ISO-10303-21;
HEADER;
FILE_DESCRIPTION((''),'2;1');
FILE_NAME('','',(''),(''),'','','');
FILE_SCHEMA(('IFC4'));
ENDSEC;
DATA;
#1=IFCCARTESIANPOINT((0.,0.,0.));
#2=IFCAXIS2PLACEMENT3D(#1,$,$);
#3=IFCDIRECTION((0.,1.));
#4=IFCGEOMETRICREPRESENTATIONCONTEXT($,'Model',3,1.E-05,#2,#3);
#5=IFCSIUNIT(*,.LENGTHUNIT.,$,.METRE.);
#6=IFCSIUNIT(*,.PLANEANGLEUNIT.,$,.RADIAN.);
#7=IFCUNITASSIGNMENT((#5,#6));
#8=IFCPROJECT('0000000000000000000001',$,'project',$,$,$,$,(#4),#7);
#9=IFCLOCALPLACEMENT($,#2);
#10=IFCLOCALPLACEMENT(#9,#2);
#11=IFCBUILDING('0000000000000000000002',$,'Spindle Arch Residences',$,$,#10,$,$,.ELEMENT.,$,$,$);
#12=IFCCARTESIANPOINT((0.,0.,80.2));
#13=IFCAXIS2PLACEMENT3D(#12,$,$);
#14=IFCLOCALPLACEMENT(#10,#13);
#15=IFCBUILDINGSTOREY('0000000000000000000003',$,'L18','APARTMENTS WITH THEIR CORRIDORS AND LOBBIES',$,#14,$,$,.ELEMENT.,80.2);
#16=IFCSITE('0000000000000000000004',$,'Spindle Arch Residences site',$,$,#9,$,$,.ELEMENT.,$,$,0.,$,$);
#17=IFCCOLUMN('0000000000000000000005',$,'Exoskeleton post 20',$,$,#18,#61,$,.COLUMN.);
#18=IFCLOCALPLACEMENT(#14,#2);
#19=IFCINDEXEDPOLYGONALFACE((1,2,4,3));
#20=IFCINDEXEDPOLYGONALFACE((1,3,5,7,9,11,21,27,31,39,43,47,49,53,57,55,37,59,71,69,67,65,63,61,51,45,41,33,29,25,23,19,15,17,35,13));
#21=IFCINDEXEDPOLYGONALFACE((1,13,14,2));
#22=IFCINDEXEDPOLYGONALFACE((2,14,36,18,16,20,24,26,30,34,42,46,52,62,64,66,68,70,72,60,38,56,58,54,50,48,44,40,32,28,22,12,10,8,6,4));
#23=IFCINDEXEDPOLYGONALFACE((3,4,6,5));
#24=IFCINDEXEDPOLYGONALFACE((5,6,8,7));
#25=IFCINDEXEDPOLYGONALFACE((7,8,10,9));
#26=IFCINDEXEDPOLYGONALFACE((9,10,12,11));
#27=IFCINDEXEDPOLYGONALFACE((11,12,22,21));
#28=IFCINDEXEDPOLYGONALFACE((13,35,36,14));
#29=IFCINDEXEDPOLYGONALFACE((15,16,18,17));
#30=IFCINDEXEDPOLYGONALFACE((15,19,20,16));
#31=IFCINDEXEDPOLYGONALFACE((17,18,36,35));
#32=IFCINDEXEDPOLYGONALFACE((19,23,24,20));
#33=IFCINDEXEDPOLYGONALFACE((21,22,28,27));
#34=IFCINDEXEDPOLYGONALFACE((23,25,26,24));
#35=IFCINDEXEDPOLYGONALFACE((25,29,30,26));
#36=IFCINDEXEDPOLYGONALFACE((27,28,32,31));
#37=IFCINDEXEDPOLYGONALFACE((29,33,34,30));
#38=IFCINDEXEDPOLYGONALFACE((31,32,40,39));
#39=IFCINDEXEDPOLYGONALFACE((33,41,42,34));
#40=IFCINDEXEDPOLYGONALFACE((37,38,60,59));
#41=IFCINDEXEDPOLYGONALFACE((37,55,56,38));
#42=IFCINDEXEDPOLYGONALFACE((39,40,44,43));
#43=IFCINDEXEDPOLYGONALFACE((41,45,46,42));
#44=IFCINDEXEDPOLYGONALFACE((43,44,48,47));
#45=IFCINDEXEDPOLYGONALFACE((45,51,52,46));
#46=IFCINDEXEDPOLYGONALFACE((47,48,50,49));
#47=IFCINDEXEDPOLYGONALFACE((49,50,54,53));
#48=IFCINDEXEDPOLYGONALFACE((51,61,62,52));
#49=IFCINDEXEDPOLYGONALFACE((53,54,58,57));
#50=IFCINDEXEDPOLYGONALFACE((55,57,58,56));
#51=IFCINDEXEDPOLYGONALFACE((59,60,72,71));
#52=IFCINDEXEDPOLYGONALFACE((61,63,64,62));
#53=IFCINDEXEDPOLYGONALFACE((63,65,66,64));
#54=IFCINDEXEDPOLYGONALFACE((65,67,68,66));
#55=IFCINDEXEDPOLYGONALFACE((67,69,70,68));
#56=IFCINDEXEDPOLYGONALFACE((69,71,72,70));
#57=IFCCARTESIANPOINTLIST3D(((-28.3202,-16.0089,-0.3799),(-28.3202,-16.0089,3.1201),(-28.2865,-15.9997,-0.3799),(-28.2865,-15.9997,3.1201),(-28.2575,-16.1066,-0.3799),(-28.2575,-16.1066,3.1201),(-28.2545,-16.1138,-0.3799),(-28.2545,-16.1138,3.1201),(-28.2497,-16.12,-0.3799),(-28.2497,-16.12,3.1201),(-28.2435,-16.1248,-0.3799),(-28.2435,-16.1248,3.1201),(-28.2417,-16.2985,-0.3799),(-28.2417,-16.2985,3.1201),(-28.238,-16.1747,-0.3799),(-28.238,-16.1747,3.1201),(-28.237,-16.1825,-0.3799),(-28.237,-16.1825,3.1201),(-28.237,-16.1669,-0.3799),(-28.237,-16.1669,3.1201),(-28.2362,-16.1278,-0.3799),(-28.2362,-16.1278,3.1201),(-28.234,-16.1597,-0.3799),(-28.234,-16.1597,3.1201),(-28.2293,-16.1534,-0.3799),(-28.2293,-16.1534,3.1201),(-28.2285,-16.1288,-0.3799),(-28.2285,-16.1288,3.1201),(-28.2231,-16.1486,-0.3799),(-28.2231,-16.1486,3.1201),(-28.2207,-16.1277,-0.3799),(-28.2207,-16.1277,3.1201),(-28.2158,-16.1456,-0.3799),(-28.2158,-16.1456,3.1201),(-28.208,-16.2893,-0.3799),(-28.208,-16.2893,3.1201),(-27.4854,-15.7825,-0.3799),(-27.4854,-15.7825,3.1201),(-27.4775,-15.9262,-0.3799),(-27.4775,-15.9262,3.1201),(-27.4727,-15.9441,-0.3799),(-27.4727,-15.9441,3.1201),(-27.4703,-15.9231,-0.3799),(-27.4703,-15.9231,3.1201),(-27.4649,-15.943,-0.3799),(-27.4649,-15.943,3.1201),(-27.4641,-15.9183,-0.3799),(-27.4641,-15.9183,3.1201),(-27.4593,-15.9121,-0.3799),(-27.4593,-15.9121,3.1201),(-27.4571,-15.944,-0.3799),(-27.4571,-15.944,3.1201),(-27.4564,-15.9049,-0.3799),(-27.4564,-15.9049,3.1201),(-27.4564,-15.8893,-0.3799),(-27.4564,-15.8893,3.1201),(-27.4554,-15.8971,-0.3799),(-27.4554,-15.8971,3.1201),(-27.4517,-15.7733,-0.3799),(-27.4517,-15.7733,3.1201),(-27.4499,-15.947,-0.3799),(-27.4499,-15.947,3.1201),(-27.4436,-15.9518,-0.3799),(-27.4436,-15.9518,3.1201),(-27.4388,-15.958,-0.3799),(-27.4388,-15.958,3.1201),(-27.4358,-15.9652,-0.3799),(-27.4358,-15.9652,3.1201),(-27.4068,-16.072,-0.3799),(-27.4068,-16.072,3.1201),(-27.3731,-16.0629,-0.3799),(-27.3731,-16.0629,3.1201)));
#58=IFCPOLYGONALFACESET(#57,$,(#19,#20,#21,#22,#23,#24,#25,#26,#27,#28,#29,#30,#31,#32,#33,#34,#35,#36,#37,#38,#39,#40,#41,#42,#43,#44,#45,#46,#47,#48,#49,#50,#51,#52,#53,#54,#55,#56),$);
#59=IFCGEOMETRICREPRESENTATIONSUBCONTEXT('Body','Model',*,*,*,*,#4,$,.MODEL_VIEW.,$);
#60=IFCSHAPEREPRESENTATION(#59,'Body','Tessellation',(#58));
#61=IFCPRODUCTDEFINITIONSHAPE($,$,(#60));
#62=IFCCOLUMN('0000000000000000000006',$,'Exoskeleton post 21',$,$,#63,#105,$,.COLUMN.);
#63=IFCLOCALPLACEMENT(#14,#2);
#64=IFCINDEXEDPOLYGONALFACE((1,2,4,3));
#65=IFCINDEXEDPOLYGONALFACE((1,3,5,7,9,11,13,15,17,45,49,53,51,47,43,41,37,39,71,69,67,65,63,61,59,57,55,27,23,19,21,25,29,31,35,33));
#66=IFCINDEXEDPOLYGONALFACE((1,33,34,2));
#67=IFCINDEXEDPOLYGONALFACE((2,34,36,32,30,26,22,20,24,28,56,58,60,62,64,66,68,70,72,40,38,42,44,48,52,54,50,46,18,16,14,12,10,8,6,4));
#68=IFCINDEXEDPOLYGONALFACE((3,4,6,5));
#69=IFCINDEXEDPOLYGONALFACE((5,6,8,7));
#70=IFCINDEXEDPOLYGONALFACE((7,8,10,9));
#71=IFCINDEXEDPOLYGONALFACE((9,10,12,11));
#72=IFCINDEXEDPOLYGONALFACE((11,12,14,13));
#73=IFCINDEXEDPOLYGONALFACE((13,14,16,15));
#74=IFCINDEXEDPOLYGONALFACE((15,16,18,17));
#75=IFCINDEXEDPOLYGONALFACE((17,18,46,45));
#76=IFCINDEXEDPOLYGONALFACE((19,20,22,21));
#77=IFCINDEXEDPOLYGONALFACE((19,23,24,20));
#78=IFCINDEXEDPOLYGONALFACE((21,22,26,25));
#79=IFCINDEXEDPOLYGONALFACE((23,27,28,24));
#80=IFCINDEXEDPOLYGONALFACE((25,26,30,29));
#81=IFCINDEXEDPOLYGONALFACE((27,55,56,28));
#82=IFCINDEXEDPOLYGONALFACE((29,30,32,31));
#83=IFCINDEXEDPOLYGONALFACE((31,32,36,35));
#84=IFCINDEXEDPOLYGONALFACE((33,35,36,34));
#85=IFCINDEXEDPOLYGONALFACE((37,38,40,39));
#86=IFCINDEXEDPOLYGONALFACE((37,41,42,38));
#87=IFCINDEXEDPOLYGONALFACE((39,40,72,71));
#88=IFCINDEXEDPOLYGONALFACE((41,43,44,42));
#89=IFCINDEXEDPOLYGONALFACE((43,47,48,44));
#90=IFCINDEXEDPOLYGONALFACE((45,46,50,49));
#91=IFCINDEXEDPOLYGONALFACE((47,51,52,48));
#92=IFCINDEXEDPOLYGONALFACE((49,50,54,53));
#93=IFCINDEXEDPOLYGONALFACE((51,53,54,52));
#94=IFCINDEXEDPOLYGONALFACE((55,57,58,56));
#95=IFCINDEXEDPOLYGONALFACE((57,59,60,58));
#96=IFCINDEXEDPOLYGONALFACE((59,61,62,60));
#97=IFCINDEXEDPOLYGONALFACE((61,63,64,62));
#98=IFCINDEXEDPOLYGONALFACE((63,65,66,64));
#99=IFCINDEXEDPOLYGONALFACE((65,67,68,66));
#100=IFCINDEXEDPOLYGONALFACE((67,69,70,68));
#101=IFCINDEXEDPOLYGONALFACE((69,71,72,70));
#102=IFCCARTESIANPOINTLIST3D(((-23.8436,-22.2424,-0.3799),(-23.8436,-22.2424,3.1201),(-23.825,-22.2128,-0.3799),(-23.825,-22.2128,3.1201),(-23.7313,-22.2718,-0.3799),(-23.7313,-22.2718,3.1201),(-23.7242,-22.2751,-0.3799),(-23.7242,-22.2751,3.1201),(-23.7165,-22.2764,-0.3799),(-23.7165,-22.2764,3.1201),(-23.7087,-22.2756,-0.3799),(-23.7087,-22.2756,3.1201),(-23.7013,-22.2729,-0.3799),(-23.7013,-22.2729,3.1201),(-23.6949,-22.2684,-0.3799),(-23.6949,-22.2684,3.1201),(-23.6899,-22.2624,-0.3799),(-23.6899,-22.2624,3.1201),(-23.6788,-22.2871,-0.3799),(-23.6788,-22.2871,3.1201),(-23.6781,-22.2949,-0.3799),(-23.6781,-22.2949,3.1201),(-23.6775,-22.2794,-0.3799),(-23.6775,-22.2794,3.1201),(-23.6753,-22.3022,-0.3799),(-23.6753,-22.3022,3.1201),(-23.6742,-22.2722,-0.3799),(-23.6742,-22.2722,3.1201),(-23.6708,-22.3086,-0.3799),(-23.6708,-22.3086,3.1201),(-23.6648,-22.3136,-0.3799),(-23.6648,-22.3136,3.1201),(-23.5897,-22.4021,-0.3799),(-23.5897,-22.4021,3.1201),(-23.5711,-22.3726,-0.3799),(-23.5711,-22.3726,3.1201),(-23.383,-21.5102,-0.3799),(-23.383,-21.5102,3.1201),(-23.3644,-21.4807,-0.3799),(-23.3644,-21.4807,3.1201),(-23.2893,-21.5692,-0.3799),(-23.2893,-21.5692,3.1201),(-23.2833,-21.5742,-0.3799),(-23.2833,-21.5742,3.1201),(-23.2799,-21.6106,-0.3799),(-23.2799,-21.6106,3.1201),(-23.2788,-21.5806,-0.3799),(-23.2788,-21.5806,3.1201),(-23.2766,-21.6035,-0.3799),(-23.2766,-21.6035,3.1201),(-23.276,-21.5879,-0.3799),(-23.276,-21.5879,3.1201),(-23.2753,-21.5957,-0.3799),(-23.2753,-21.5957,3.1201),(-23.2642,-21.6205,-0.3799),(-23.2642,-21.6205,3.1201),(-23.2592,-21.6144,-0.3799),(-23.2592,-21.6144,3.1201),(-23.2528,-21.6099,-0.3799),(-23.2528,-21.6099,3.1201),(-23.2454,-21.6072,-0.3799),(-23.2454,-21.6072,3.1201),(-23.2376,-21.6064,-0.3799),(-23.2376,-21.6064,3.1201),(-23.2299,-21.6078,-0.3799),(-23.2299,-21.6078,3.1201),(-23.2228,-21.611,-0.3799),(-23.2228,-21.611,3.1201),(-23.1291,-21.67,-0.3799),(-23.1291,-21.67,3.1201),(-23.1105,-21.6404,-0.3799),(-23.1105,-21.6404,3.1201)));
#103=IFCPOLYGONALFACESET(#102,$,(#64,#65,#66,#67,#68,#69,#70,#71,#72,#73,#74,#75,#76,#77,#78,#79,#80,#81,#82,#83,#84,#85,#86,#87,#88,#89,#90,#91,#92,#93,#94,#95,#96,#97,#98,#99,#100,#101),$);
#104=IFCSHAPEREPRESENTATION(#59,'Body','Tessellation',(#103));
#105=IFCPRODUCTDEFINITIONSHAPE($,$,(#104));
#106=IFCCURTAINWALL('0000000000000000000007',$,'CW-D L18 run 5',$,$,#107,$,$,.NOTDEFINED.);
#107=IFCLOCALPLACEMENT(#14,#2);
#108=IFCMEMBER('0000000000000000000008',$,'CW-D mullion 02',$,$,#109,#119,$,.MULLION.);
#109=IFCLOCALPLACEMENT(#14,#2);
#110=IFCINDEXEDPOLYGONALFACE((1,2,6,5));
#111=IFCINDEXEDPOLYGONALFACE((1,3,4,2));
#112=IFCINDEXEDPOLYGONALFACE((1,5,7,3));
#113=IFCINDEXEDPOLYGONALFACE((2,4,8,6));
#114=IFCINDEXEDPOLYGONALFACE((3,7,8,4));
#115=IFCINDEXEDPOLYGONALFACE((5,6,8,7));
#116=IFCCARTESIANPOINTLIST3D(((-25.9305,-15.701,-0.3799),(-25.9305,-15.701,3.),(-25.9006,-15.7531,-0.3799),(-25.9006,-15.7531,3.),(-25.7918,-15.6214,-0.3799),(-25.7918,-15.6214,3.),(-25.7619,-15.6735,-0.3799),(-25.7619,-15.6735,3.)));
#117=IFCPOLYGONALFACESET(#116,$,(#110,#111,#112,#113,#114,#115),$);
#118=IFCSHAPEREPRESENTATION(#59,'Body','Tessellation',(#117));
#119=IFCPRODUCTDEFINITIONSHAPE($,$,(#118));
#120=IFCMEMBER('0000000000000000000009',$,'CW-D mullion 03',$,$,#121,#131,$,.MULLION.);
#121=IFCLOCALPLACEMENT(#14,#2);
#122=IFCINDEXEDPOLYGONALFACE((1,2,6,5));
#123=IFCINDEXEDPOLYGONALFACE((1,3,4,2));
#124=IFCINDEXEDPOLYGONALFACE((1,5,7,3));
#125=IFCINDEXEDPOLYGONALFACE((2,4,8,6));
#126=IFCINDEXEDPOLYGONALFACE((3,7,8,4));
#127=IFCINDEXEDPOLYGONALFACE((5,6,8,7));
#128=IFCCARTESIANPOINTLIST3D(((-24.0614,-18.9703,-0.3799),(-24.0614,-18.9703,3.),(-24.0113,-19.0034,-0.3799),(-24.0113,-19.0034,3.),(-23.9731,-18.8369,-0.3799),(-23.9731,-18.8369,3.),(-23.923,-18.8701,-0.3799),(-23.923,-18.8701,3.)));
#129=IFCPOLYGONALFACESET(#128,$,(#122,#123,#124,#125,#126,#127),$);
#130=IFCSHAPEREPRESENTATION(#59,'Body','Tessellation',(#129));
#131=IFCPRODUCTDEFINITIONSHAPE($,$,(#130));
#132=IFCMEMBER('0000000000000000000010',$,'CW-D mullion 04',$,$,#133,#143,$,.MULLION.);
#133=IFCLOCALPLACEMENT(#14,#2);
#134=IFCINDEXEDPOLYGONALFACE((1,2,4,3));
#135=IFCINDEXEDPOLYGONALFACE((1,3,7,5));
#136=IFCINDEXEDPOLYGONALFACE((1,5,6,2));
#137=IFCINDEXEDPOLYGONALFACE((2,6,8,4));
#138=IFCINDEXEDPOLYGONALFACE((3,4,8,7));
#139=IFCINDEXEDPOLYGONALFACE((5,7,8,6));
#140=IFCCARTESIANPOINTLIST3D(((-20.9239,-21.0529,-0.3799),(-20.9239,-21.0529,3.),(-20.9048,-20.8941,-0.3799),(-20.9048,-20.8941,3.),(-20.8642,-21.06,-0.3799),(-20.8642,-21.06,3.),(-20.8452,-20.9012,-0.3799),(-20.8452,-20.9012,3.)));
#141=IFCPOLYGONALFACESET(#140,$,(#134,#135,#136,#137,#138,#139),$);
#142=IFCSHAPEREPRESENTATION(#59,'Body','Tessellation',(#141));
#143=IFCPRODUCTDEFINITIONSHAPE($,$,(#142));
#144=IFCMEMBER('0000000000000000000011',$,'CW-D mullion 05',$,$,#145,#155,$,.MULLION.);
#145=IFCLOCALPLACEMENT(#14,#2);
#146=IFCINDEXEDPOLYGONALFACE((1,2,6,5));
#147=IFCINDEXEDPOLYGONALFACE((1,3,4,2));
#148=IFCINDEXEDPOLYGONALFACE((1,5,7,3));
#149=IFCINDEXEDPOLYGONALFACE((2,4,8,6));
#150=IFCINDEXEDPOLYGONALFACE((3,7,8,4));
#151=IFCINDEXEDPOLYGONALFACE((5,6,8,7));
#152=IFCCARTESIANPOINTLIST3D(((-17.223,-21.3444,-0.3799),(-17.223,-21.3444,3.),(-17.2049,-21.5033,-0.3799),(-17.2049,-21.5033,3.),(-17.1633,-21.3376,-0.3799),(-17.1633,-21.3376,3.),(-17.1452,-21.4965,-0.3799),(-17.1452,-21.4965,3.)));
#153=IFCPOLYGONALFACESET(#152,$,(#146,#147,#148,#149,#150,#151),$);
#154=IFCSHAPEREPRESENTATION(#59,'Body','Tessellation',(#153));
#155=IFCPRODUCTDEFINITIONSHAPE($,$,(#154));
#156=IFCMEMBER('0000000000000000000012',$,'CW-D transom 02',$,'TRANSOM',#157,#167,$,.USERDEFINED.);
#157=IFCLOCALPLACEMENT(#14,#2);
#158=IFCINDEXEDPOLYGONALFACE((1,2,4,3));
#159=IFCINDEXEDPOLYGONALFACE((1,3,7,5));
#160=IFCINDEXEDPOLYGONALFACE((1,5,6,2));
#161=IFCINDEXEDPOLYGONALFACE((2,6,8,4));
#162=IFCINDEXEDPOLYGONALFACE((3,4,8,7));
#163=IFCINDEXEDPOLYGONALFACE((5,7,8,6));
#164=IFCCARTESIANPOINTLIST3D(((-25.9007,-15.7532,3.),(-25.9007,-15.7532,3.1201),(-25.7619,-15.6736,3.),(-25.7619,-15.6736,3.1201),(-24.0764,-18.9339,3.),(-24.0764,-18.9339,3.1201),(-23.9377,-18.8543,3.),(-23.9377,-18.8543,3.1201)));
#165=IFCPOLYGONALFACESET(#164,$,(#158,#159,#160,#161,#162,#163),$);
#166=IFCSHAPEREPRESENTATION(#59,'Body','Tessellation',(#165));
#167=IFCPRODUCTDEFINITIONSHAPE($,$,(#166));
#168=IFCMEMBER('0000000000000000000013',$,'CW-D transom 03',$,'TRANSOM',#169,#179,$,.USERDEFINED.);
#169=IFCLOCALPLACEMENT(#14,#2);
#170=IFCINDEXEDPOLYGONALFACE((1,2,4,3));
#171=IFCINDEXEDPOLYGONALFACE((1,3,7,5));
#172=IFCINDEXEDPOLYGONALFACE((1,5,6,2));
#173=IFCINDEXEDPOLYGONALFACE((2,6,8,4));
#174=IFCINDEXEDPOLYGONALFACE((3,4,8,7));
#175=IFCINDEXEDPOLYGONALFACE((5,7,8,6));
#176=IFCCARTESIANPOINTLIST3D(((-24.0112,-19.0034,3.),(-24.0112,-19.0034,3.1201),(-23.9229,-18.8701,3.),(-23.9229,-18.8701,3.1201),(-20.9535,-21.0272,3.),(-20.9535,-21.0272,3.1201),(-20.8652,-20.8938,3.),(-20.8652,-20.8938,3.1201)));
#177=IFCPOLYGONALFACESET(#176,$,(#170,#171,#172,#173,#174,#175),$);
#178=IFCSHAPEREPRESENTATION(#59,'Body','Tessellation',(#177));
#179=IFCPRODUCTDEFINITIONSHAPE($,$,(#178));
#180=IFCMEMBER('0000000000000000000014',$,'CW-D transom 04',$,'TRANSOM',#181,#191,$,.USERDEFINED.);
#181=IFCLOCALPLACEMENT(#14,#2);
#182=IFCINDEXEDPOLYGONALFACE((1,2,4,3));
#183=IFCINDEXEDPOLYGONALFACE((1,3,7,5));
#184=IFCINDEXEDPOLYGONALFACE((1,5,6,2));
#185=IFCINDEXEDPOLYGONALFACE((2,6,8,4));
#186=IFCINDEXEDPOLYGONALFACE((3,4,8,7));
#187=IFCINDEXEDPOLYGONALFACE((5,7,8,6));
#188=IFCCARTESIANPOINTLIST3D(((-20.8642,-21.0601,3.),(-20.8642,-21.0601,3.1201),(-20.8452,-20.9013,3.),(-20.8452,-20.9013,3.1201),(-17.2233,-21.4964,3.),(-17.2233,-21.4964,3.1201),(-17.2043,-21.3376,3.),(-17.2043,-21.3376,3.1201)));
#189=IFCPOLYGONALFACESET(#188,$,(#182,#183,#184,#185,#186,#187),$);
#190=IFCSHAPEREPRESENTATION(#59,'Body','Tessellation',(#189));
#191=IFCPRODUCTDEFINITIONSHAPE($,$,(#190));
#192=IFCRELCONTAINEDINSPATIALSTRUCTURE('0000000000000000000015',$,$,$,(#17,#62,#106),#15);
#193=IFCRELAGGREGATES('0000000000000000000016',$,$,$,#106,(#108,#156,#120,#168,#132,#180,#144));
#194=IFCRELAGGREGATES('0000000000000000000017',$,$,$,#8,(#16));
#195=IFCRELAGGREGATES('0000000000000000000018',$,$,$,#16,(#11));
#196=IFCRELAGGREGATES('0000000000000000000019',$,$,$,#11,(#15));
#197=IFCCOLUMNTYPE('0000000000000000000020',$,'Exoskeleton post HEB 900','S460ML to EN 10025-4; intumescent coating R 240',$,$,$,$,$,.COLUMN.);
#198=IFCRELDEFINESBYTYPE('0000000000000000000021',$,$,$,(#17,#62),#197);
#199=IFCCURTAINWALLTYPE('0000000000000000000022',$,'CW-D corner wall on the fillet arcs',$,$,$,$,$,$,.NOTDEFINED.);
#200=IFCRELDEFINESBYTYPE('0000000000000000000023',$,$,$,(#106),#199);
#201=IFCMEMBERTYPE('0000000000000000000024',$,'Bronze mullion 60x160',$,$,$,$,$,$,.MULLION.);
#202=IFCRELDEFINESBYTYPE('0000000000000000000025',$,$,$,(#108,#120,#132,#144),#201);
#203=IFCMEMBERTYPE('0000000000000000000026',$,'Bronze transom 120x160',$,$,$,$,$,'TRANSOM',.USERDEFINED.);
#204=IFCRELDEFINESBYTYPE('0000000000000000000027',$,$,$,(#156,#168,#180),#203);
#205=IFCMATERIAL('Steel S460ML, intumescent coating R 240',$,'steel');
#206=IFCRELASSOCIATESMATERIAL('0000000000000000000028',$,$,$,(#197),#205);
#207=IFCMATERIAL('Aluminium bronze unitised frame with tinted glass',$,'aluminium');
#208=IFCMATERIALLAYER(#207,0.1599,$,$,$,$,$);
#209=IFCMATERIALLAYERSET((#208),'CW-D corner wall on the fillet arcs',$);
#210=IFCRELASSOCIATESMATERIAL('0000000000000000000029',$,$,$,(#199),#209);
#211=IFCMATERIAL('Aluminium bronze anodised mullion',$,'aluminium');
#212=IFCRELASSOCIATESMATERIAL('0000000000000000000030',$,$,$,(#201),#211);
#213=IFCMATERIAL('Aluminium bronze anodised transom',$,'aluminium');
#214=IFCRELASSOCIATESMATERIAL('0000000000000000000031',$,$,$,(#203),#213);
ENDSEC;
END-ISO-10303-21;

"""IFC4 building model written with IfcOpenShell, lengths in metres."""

from ifc_helpers import new_model, si_unit, direction, frame, origin, origin_2d, place, context, subcontext, project, spatial, rectangle, i_section, extrude, material, layer, layer_set, material_profile, profile_set, type_object, element, aggregate, save


model = new_model("IFC4")

# Units and contexts
model_context = context("Model", 3, precision=1e-05, world=origin(), true_north=direction((0.0, 1.0)))
body_context = subcontext(model_context, "Body", "Model", "MODEL_VIEW")
ifc_project = project(units=[si_unit("LENGTHUNIT", "METRE"), si_unit("PLANEANGLEUNIT", "RADIAN")], contexts=[model_context])

# Site, building, storey
site_placement = place(None, origin())
site = spatial("IfcSite", under=ifc_project, at=site_placement, Name="Spindle Arch Residences site", CompositionType="ELEMENT", RefElevation=0.0)
building_placement = place(site_placement, origin())
building = spatial("IfcBuilding", under=site, at=building_placement, Name="Spindle Arch Residences", CompositionType="ELEMENT")
storey_placement = place(building_placement, frame((0.0, 0.0, 80.2)))
storey = spatial("IfcBuildingStorey", under=building, at=storey_placement, Name="L18", Description="APARTMENTS WITH THEIR CORRIDORS AND LOBBIES", CompositionType="ELEMENT", Elevation=80.2)

# Columns
ifc_material_1 = material(Name="Steel S460ML, intumescent coating R 240", Category="steel")
ifc_material_profile_1 = material_profile(ifc_material_1, i_section(OverallWidth=0.3, OverallDepth=0.8999, WebThickness=0.0186, FlangeThickness=0.0349, FilletRadius=0.03, at=origin_2d()), Name="HEB 900")
ifc_profile_set_1 = profile_set([ifc_material_profile_1], Name="Steel S460ML, intumescent coating R 240")
column_type = type_object("IfcColumnType", Name="Exoskeleton post HEB 900", Description="S460ML to EN 10025-4; intumescent coating R 240", PredefinedType="COLUMN", material=ifc_profile_set_1)
for number, where, z_axis, x_axis, name in (
    (1, (-27.8467, -16.0359, -0.3799), (0.0, 0.0, 1.0), (-0.261742, 0.965138, 0.0), "Exoskeleton post 20"),
    (2, (-23.4771, -21.9414, -0.3799), (0.0, 0.0, 1.0), (-0.84644, 0.532484, 0.0), "Exoskeleton post 21"),
):
    element("IfcColumn", number, at=place(storey_placement, frame(where, z_axis=z_axis, x_axis=x_axis)), inside=storey, type_object=column_type, Name=name, PredefinedType="COLUMN", context=body_context, shape_type="SweptSolid", body=[
        extrude(i_section(OverallWidth=0.3, OverallDepth=0.8999, WebThickness=0.0186, FlangeThickness=0.0349, FilletRadius=0.03, at=origin_2d()), origin(), (0.0, 0.0, 1.0), 3.5),
    ])

# Curtain wall, members
ifc_material_2 = material(Name="Aluminium bronze unitised frame with tinted glass", Category="aluminium")
ifc_layer_1 = layer(ifc_material_2, 0.1599)
ifc_layer_set_1 = layer_set([ifc_layer_1], Name="CW-D corner wall on the fillet arcs")
curtain_wall_type = type_object("IfcCurtainWallType", Name="CW-D corner wall on the fillet arcs", PredefinedType="NOTDEFINED", material=ifc_layer_set_1)
curtain_wall_placement = place(storey_placement, origin())
curtain_wall = element("IfcCurtainWall", 3, at=curtain_wall_placement, inside=storey, type_object=curtain_wall_type, Name="CW-D L18 run 5", PredefinedType="NOTDEFINED")
ifc_material_3 = material(Name="Aluminium bronze anodised mullion", Category="aluminium")
ifc_material_profile_2 = material_profile(ifc_material_3, rectangle(XDim=0.1599, YDim=0.0601, at=origin_2d()), Name="MU 60x160")
ifc_profile_set_2 = profile_set([ifc_material_profile_2], Name="Aluminium bronze anodised mullion")
member_type_1 = type_object("IfcMemberType", Name="Bronze mullion 60x160", PredefinedType="MULLION", material=ifc_profile_set_2)
member_1_placement = place(storey_placement, frame((-25.8462, -15.6873, -0.3799), z_axis=(0.0, 0.0, 1.0), x_axis=(0.867476, 0.497479, 0.0)))
member_1 = element("IfcMember", 4, at=member_1_placement, type_object=member_type_1, Name="CW-D mullion 02", PredefinedType="MULLION", context=body_context, shape_type="SweptSolid", body=[
    extrude(rectangle(XDim=0.1599, YDim=0.0601, at=origin_2d()), origin(), (0.0, 0.0, 1.0), 3.3799),
])
member_2_placement = place(storey_placement, frame((-23.9922, -18.9202, -0.3799), z_axis=(0.0, 0.0, 1.0), x_axis=(0.551937, 0.833886, 0.0)))
member_2 = element("IfcMember", 5, at=member_2_placement, type_object=member_type_1, Name="CW-D mullion 03", PredefinedType="MULLION", context=body_context, shape_type="SweptSolid", body=[
    extrude(rectangle(XDim=0.1599, YDim=0.0601, at=origin_2d()), origin(), (0.0, 0.0, 1.0), 3.3799),
])
member_3_placement = place(storey_placement, frame((-20.8845, -20.9771, -0.3799), z_axis=(0.0, 0.0, 1.0), x_axis=(0.118982, 0.992896, 0.0)))
member_3 = element("IfcMember", 6, at=member_3_placement, type_object=member_type_1, Name="CW-D mullion 04", PredefinedType="MULLION", context=body_context, shape_type="SweptSolid", body=[
    extrude(rectangle(XDim=0.1599, YDim=0.0601, at=origin_2d()), origin(), (0.0, 0.0, 1.0), 3.3799),
])
member_4_placement = place(storey_placement, frame((-17.1841, -21.4204, -0.3799), z_axis=(0.0, 0.0, 1.0), x_axis=(-0.113203, 0.993572, 0.0)))
member_4 = element("IfcMember", 7, at=member_4_placement, type_object=member_type_1, Name="CW-D mullion 05", PredefinedType="MULLION", context=body_context, shape_type="SweptSolid", body=[
    extrude(rectangle(XDim=0.1599, YDim=0.0601, at=origin_2d()), origin(), (0.0, 0.0, 1.0), 3.3799),
])
ifc_material_4 = material(Name="Aluminium bronze anodised transom", Category="aluminium")
ifc_material_profile_3 = material_profile(ifc_material_4, rectangle(XDim=0.1599, YDim=0.1201, at=origin_2d()), Name="TR 120x160")
ifc_profile_set_3 = profile_set([ifc_material_profile_3], Name="Aluminium bronze anodised transom")
member_type_2 = type_object("IfcMemberType", Name="Bronze transom 120x160", ElementType="TRANSOM", PredefinedType="USERDEFINED", material=ifc_profile_set_3)
member_5_placement = place(storey_placement, frame((-25.8313, -15.7134, 3.0601), z_axis=(0.497515, -0.867455, 0.0), x_axis=(0.867455, 0.497515, 0.0)))
member_5 = element("IfcMember", 8, at=member_5_placement, type_object=member_type_2, Name="CW-D transom 02", ObjectType="TRANSOM", PredefinedType="USERDEFINED", context=body_context, shape_type="SweptSolid", body=[
    extrude(rectangle(XDim=0.1599, YDim=0.1201, at=origin_2d()), origin(), (0.0, 0.0, 1.0), 3.6667),
])
member_6_placement = place(storey_placement, frame((-23.967, -18.9368, 3.0601), z_axis=(0.8339, -0.551916, 0.0), x_axis=(0.551916, 0.8339, 0.0)))
member_6 = element("IfcMember", 9, at=member_6_placement, type_object=member_type_2, Name="CW-D transom 03", ObjectType="TRANSOM", PredefinedType="USERDEFINED", context=body_context, shape_type="SweptSolid", body=[
    extrude(rectangle(XDim=0.1599, YDim=0.1201, at=origin_2d()), origin(), (0.0, 0.0, 1.0), 3.6667),
])
member_7_placement = place(storey_placement, frame((-20.8547, -20.9807, 3.0601), z_axis=(0.992897, -0.118977, 0.0), x_axis=(0.118977, 0.992897, 0.0)))
member_7 = element("IfcMember", 10, at=member_7_placement, type_object=member_type_2, Name="CW-D transom 04", ObjectType="TRANSOM", PredefinedType="USERDEFINED", context=body_context, shape_type="SweptSolid", body=[
    extrude(rectangle(XDim=0.1599, YDim=0.1201, at=origin_2d()), origin(), (0.0, 0.0, 1.0), 3.667),
])

aggregate(curtain_wall, [member_1, member_5, member_2, member_6, member_3, member_7, member_4])

save(model, "model.ifc")
